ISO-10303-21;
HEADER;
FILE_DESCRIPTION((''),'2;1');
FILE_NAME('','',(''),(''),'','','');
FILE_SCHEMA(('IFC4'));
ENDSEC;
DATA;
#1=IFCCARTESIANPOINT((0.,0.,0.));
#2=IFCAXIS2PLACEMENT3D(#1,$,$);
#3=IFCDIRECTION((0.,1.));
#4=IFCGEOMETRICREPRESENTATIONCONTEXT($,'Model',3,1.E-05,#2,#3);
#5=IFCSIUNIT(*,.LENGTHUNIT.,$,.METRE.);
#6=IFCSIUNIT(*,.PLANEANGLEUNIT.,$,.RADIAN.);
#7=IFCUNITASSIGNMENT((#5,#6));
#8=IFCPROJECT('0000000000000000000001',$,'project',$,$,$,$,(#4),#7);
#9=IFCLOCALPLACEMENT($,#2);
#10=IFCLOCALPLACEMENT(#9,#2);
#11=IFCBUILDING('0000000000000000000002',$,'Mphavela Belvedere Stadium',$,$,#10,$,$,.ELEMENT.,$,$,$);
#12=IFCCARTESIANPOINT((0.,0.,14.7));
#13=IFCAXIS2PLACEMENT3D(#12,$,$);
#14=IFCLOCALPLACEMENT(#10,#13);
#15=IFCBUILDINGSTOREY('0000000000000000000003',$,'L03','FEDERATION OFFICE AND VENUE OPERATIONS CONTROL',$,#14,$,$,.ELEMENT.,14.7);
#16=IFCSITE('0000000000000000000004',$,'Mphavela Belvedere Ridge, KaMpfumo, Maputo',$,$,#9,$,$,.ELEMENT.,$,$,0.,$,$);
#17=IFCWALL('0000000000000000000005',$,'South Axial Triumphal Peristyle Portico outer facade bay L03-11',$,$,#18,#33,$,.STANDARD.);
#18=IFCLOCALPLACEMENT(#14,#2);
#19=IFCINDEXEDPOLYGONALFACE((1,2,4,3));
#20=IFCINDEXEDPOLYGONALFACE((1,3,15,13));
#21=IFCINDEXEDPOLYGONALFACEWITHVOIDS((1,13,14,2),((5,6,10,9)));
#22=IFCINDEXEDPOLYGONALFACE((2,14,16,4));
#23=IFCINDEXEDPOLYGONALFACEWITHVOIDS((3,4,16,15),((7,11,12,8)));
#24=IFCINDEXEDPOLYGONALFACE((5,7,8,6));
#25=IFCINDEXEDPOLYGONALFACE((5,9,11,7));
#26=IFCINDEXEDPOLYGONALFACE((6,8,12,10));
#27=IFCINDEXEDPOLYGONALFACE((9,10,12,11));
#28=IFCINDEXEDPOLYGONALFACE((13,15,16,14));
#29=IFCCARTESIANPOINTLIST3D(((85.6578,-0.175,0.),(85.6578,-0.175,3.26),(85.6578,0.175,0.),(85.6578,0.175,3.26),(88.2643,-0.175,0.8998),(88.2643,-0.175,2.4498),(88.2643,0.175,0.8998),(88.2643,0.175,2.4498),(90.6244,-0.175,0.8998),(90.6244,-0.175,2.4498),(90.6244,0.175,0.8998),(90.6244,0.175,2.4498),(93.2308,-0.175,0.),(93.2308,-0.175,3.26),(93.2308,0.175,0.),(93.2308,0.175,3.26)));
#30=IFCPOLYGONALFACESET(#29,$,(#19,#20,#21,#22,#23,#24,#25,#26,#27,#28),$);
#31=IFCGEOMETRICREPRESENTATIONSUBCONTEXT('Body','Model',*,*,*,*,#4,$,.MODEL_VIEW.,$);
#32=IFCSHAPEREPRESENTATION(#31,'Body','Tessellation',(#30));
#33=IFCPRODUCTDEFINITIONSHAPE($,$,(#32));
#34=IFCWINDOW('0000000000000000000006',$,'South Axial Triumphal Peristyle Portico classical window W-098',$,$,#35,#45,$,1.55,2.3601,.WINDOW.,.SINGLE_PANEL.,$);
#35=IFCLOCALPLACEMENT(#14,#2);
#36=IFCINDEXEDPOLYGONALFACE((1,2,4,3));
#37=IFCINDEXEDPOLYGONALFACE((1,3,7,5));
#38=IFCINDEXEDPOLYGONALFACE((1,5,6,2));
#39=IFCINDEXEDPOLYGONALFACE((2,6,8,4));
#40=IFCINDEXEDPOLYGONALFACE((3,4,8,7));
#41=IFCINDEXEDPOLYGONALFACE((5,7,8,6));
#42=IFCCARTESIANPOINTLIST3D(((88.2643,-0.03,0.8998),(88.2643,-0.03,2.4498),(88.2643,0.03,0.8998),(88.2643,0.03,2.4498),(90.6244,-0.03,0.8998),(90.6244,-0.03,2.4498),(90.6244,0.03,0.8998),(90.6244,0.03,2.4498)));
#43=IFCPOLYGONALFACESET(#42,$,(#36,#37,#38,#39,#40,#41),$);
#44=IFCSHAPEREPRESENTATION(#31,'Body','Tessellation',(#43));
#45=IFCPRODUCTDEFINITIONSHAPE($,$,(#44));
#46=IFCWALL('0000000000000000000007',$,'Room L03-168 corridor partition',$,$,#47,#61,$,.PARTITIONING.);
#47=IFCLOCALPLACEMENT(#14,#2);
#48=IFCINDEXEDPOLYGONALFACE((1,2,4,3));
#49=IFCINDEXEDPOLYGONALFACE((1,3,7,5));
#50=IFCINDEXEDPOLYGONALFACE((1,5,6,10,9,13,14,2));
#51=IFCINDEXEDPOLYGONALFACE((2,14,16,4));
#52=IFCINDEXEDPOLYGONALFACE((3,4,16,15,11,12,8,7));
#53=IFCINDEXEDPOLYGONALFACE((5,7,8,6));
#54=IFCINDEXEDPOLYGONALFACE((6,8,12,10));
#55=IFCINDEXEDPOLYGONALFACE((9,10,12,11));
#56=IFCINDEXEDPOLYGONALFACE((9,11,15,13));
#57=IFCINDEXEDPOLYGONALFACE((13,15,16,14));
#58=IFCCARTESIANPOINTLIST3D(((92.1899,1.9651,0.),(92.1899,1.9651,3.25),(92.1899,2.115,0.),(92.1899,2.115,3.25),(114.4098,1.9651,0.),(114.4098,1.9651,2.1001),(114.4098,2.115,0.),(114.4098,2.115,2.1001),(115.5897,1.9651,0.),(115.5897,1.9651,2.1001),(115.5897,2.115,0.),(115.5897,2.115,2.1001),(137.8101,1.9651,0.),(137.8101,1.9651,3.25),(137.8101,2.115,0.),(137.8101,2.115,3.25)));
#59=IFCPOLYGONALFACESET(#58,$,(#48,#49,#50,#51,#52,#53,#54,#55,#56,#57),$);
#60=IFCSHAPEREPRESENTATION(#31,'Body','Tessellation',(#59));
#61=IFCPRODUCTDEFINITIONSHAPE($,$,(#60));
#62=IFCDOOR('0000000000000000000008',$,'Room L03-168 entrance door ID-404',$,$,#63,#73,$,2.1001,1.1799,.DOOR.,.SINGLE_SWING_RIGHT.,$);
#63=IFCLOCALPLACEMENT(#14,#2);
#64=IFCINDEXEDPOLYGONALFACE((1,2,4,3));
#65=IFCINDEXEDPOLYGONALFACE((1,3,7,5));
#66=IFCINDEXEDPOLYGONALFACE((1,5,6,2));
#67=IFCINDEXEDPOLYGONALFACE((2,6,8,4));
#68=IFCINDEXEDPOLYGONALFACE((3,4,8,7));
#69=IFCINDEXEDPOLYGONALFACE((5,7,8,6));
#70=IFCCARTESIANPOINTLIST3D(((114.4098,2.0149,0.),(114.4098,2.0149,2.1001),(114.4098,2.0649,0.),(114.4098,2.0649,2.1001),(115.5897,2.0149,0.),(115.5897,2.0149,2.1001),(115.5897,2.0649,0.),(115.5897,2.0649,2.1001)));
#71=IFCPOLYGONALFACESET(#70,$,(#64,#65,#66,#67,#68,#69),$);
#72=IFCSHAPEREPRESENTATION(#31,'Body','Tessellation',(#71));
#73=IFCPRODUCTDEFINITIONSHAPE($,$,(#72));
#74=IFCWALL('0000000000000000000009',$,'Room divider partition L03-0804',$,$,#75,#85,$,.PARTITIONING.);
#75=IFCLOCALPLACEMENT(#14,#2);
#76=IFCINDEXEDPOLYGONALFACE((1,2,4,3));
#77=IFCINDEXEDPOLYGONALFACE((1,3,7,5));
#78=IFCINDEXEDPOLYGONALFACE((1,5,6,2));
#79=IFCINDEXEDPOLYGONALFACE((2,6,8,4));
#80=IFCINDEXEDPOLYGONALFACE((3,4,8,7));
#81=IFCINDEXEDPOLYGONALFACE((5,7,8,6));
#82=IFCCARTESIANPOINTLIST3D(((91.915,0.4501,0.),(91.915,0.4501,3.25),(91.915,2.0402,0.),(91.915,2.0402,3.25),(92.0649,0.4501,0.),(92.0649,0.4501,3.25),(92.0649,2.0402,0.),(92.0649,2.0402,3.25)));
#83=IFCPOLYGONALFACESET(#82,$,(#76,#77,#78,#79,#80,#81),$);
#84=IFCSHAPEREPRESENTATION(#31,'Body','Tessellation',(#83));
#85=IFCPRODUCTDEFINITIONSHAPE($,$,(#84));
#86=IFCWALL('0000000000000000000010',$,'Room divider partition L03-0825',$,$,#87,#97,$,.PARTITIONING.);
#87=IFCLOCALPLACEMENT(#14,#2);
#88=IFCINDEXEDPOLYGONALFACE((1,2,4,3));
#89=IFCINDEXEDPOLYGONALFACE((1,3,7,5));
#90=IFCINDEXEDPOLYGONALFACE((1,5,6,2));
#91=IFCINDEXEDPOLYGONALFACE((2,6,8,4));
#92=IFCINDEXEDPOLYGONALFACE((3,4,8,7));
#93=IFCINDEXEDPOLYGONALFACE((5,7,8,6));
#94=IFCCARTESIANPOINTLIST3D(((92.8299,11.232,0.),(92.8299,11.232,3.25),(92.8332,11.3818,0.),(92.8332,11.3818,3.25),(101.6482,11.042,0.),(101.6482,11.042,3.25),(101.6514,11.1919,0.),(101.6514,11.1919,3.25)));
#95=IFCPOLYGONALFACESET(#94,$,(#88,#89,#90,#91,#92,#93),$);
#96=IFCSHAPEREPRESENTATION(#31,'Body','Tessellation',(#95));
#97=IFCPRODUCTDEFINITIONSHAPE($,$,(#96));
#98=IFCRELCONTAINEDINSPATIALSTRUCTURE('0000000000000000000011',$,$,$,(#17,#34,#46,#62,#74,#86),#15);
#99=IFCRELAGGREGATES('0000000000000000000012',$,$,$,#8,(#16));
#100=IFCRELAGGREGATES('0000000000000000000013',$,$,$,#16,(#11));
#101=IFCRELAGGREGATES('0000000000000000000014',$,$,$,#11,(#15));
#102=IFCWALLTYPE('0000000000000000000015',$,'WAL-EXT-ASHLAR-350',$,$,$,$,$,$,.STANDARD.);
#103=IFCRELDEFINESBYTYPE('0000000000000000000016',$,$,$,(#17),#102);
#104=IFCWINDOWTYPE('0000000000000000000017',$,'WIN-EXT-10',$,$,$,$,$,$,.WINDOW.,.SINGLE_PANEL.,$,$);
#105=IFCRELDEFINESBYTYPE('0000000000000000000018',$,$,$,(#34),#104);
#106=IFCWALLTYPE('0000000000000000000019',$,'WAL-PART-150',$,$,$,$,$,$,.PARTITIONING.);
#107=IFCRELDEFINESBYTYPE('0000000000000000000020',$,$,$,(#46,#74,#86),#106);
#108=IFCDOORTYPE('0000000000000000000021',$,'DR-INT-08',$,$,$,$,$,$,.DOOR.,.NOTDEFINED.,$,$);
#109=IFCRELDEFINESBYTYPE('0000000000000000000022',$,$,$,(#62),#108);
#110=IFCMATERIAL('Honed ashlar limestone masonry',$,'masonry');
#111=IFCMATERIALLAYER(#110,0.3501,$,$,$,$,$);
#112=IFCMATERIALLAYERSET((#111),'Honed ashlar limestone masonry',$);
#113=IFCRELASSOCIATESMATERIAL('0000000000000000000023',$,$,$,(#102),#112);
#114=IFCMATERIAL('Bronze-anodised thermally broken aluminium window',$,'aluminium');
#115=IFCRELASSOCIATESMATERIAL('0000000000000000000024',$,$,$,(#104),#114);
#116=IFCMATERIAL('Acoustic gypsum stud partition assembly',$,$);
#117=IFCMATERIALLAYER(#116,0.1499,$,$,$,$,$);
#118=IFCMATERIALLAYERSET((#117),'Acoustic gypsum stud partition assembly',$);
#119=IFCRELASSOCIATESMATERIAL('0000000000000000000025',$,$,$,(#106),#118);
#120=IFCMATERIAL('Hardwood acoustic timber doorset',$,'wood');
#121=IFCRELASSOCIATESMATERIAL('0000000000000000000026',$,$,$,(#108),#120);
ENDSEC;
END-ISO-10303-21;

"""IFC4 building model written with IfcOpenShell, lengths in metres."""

from ifc_helpers import new_model, si_unit, direction, frame, frame_2d, origin, place, context, subcontext, project, spatial, rectangle, extrude, material, layer, layer_set, type_object, element, fill, save


model = new_model("IFC4")

# Units and contexts
model_context = context("Model", 3, precision=1e-05, world=origin(), true_north=direction((0.0, 1.0)))
body_context = subcontext(model_context, "Body", "Model", "MODEL_VIEW")
ifc_project = project(units=[si_unit("LENGTHUNIT", "METRE"), si_unit("PLANEANGLEUNIT", "RADIAN")], contexts=[model_context])

# Site, building, storey
site_placement = place(None, origin())
site = spatial("IfcSite", under=ifc_project, at=site_placement, Name="Mphavela Belvedere Ridge, KaMpfumo, Maputo", CompositionType="ELEMENT", RefElevation=0.0)
building_placement = place(site_placement, origin())
building = spatial("IfcBuilding", under=site, at=building_placement, Name="Mphavela Belvedere Stadium", CompositionType="ELEMENT")
storey_placement = place(building_placement, frame((0.0, 0.0, 14.7)))
storey = spatial("IfcBuildingStorey", under=building, at=storey_placement, Name="L03", Description="FEDERATION OFFICE AND VENUE OPERATIONS CONTROL", CompositionType="ELEMENT", Elevation=14.7)

# Wall, opening, window
ifc_material_1 = material(Name="Honed ashlar limestone masonry", Category="masonry")
ifc_layer_1 = layer(ifc_material_1, 0.3501)
ifc_layer_set_1 = layer_set([ifc_layer_1], Name="Honed ashlar limestone masonry")
wall_type_1 = type_object("IfcWallType", Name="WAL-EXT-ASHLAR-350", PredefinedType="STANDARD", material=ifc_layer_set_1)
wall_1_placement = place(storey_placement, frame((93.231, 0.0, 0.0), z_axis=(0.0, 0.0, 1.0), x_axis=(-1.0, 0.0, 0.0)))
wall_1 = element("IfcWall", 1, at=wall_1_placement, inside=storey, type_object=wall_type_1, Name="South Axial Triumphal Peristyle Portico outer facade bay L03-11", PredefinedType="STANDARD", context=body_context, shape_type="SweptSolid", body=[
    extrude(rectangle(XDim=7.573, YDim=0.3501, at=frame_2d((3.7866, 0.0))), origin(), (0.0, 0.0, 1.0), 3.26),
])
opening_1_placement = place(wall_1_placement, frame((2.6064, 0.0, 0.8999)))
opening_1 = element("IfcOpeningElement", 2, at=opening_1_placement, cuts=wall_1, PredefinedType="OPENING", context=body_context, shape_type="SweptSolid", body=[
    extrude(rectangle(XDim=2.3601, YDim=1.55, at=frame_2d((1.1802, 0.7749))), frame((0.0, 0.1851, 0.0), z_axis=(0.0, -1.0, 0.0), x_axis=(1.0, 0.0, 0.0)), (0.0, 0.0, 1.0), 0.3701),
])
ifc_material_2 = material(Name="Bronze-anodised thermally broken aluminium window", Category="aluminium")
window_type_1 = type_object("IfcWindowType", Name="WIN-EXT-10", PartitioningType="SINGLE_PANEL", PredefinedType="WINDOW", material=ifc_material_2)
window_1_placement = place(opening_1_placement, origin())
window_1 = element("IfcWindow", 3, at=window_1_placement, inside=storey, type_object=window_type_1, Name="South Axial Triumphal Peristyle Portico classical window W-098", OverallHeight=1.55, OverallWidth=2.3601, PartitioningType="SINGLE_PANEL", PredefinedType="WINDOW", context=body_context, shape_type="SweptSolid", body=[
    extrude(rectangle(XDim=2.3601, YDim=1.55, at=frame_2d((1.1802, 0.7749))), frame((0.0, 0.03, 0.0), z_axis=(0.0, -1.0, 0.0), x_axis=(1.0, 0.0, 0.0)), (0.0, 0.0, 1.0), 0.0601),
])
fill(opening_1, window_1)

# Wall, opening, door
ifc_material_3 = material(Name="Acoustic gypsum stud partition assembly")
ifc_layer_2 = layer(ifc_material_3, 0.1499)
ifc_layer_set_2 = layer_set([ifc_layer_2], Name="Acoustic gypsum stud partition assembly")
wall_type_2 = type_object("IfcWallType", Name="WAL-PART-150", PredefinedType="PARTITIONING", material=ifc_layer_set_2)
wall_2_placement = place(storey_placement, frame((92.1899, 2.04, 0.0), z_axis=(0.0, 0.0, 1.0), x_axis=(1.0, 0.0, 0.0)))
wall_2 = element("IfcWall", 4, at=wall_2_placement, inside=storey, type_object=wall_type_2, Name="Room L03-168 corridor partition", PredefinedType="PARTITIONING", context=body_context, shape_type="SweptSolid", body=[
    extrude(rectangle(XDim=45.6201, YDim=0.1499, at=frame_2d((22.8101, 0.0))), origin(), (0.0, 0.0, 1.0), 3.25),
])
opening_2_placement = place(wall_2_placement, frame((22.22, 0.0, 0.0)))
opening_2 = element("IfcOpeningElement", 5, at=opening_2_placement, cuts=wall_2, PredefinedType="OPENING", context=body_context, shape_type="SweptSolid", body=[
    extrude(rectangle(XDim=1.1799, YDim=2.1001, at=frame_2d((0.5898, 1.05))), frame((0.0, 0.085, 0.0), z_axis=(0.0, -1.0, 0.0), x_axis=(1.0, 0.0, 0.0)), (0.0, 0.0, 1.0), 0.1699),
])
ifc_material_4 = material(Name="Hardwood acoustic timber doorset", Category="wood")
door_type = type_object("IfcDoorType", Name="DR-INT-08", OperationType="NOTDEFINED", PredefinedType="DOOR", material=ifc_material_4)
door_placement = place(opening_2_placement, origin())
door = element("IfcDoor", 6, at=door_placement, inside=storey, type_object=door_type, Name="Room L03-168 entrance door ID-404", OperationType="SINGLE_SWING_RIGHT", OverallHeight=2.1001, OverallWidth=1.1799, PredefinedType="DOOR", context=body_context, shape_type="SweptSolid", body=[
    extrude(rectangle(XDim=1.1799, YDim=2.1001, at=frame_2d((0.5898, 1.05))), frame((0.0, 0.0249, 0.0), z_axis=(0.0, -1.0, 0.0), x_axis=(1.0, 0.0, 0.0)), (0.0, 0.0, 1.0), 0.05),
])
fill(opening_2, door)

# Walls
wall_3_placement = place(storey_placement, frame((91.99, 2.04, 0.0), z_axis=(0.0, 0.0, 1.0), x_axis=(0.0, -1.0, 0.0)))
element("IfcWall", 7, at=wall_3_placement, inside=storey, type_object=wall_type_2, Name="Room divider partition L03-0804", PredefinedType="PARTITIONING", context=body_context, shape_type="SweptSolid", body=[
    extrude(rectangle(XDim=1.5901, YDim=0.1499, at=frame_2d((0.7949, 0.0))), origin(), (0.0, 0.0, 1.0), 3.25),
])
wall_4_placement = place(storey_placement, frame((92.8315, 11.3069, 0.0), z_axis=(0.0, 0.0, 1.0), x_axis=(0.999768, -0.021534, 0.0)))
element("IfcWall", 8, at=wall_4_placement, inside=storey, type_object=wall_type_2, Name="Room divider partition L03-0825", PredefinedType="PARTITIONING", context=body_context, shape_type="SweptSolid", body=[
    extrude(rectangle(XDim=8.8203, YDim=0.1499, at=frame_2d((4.4102, 0.0))), origin(), (0.0, 0.0, 1.0), 3.25),
])

save(model, "model.ifc")
